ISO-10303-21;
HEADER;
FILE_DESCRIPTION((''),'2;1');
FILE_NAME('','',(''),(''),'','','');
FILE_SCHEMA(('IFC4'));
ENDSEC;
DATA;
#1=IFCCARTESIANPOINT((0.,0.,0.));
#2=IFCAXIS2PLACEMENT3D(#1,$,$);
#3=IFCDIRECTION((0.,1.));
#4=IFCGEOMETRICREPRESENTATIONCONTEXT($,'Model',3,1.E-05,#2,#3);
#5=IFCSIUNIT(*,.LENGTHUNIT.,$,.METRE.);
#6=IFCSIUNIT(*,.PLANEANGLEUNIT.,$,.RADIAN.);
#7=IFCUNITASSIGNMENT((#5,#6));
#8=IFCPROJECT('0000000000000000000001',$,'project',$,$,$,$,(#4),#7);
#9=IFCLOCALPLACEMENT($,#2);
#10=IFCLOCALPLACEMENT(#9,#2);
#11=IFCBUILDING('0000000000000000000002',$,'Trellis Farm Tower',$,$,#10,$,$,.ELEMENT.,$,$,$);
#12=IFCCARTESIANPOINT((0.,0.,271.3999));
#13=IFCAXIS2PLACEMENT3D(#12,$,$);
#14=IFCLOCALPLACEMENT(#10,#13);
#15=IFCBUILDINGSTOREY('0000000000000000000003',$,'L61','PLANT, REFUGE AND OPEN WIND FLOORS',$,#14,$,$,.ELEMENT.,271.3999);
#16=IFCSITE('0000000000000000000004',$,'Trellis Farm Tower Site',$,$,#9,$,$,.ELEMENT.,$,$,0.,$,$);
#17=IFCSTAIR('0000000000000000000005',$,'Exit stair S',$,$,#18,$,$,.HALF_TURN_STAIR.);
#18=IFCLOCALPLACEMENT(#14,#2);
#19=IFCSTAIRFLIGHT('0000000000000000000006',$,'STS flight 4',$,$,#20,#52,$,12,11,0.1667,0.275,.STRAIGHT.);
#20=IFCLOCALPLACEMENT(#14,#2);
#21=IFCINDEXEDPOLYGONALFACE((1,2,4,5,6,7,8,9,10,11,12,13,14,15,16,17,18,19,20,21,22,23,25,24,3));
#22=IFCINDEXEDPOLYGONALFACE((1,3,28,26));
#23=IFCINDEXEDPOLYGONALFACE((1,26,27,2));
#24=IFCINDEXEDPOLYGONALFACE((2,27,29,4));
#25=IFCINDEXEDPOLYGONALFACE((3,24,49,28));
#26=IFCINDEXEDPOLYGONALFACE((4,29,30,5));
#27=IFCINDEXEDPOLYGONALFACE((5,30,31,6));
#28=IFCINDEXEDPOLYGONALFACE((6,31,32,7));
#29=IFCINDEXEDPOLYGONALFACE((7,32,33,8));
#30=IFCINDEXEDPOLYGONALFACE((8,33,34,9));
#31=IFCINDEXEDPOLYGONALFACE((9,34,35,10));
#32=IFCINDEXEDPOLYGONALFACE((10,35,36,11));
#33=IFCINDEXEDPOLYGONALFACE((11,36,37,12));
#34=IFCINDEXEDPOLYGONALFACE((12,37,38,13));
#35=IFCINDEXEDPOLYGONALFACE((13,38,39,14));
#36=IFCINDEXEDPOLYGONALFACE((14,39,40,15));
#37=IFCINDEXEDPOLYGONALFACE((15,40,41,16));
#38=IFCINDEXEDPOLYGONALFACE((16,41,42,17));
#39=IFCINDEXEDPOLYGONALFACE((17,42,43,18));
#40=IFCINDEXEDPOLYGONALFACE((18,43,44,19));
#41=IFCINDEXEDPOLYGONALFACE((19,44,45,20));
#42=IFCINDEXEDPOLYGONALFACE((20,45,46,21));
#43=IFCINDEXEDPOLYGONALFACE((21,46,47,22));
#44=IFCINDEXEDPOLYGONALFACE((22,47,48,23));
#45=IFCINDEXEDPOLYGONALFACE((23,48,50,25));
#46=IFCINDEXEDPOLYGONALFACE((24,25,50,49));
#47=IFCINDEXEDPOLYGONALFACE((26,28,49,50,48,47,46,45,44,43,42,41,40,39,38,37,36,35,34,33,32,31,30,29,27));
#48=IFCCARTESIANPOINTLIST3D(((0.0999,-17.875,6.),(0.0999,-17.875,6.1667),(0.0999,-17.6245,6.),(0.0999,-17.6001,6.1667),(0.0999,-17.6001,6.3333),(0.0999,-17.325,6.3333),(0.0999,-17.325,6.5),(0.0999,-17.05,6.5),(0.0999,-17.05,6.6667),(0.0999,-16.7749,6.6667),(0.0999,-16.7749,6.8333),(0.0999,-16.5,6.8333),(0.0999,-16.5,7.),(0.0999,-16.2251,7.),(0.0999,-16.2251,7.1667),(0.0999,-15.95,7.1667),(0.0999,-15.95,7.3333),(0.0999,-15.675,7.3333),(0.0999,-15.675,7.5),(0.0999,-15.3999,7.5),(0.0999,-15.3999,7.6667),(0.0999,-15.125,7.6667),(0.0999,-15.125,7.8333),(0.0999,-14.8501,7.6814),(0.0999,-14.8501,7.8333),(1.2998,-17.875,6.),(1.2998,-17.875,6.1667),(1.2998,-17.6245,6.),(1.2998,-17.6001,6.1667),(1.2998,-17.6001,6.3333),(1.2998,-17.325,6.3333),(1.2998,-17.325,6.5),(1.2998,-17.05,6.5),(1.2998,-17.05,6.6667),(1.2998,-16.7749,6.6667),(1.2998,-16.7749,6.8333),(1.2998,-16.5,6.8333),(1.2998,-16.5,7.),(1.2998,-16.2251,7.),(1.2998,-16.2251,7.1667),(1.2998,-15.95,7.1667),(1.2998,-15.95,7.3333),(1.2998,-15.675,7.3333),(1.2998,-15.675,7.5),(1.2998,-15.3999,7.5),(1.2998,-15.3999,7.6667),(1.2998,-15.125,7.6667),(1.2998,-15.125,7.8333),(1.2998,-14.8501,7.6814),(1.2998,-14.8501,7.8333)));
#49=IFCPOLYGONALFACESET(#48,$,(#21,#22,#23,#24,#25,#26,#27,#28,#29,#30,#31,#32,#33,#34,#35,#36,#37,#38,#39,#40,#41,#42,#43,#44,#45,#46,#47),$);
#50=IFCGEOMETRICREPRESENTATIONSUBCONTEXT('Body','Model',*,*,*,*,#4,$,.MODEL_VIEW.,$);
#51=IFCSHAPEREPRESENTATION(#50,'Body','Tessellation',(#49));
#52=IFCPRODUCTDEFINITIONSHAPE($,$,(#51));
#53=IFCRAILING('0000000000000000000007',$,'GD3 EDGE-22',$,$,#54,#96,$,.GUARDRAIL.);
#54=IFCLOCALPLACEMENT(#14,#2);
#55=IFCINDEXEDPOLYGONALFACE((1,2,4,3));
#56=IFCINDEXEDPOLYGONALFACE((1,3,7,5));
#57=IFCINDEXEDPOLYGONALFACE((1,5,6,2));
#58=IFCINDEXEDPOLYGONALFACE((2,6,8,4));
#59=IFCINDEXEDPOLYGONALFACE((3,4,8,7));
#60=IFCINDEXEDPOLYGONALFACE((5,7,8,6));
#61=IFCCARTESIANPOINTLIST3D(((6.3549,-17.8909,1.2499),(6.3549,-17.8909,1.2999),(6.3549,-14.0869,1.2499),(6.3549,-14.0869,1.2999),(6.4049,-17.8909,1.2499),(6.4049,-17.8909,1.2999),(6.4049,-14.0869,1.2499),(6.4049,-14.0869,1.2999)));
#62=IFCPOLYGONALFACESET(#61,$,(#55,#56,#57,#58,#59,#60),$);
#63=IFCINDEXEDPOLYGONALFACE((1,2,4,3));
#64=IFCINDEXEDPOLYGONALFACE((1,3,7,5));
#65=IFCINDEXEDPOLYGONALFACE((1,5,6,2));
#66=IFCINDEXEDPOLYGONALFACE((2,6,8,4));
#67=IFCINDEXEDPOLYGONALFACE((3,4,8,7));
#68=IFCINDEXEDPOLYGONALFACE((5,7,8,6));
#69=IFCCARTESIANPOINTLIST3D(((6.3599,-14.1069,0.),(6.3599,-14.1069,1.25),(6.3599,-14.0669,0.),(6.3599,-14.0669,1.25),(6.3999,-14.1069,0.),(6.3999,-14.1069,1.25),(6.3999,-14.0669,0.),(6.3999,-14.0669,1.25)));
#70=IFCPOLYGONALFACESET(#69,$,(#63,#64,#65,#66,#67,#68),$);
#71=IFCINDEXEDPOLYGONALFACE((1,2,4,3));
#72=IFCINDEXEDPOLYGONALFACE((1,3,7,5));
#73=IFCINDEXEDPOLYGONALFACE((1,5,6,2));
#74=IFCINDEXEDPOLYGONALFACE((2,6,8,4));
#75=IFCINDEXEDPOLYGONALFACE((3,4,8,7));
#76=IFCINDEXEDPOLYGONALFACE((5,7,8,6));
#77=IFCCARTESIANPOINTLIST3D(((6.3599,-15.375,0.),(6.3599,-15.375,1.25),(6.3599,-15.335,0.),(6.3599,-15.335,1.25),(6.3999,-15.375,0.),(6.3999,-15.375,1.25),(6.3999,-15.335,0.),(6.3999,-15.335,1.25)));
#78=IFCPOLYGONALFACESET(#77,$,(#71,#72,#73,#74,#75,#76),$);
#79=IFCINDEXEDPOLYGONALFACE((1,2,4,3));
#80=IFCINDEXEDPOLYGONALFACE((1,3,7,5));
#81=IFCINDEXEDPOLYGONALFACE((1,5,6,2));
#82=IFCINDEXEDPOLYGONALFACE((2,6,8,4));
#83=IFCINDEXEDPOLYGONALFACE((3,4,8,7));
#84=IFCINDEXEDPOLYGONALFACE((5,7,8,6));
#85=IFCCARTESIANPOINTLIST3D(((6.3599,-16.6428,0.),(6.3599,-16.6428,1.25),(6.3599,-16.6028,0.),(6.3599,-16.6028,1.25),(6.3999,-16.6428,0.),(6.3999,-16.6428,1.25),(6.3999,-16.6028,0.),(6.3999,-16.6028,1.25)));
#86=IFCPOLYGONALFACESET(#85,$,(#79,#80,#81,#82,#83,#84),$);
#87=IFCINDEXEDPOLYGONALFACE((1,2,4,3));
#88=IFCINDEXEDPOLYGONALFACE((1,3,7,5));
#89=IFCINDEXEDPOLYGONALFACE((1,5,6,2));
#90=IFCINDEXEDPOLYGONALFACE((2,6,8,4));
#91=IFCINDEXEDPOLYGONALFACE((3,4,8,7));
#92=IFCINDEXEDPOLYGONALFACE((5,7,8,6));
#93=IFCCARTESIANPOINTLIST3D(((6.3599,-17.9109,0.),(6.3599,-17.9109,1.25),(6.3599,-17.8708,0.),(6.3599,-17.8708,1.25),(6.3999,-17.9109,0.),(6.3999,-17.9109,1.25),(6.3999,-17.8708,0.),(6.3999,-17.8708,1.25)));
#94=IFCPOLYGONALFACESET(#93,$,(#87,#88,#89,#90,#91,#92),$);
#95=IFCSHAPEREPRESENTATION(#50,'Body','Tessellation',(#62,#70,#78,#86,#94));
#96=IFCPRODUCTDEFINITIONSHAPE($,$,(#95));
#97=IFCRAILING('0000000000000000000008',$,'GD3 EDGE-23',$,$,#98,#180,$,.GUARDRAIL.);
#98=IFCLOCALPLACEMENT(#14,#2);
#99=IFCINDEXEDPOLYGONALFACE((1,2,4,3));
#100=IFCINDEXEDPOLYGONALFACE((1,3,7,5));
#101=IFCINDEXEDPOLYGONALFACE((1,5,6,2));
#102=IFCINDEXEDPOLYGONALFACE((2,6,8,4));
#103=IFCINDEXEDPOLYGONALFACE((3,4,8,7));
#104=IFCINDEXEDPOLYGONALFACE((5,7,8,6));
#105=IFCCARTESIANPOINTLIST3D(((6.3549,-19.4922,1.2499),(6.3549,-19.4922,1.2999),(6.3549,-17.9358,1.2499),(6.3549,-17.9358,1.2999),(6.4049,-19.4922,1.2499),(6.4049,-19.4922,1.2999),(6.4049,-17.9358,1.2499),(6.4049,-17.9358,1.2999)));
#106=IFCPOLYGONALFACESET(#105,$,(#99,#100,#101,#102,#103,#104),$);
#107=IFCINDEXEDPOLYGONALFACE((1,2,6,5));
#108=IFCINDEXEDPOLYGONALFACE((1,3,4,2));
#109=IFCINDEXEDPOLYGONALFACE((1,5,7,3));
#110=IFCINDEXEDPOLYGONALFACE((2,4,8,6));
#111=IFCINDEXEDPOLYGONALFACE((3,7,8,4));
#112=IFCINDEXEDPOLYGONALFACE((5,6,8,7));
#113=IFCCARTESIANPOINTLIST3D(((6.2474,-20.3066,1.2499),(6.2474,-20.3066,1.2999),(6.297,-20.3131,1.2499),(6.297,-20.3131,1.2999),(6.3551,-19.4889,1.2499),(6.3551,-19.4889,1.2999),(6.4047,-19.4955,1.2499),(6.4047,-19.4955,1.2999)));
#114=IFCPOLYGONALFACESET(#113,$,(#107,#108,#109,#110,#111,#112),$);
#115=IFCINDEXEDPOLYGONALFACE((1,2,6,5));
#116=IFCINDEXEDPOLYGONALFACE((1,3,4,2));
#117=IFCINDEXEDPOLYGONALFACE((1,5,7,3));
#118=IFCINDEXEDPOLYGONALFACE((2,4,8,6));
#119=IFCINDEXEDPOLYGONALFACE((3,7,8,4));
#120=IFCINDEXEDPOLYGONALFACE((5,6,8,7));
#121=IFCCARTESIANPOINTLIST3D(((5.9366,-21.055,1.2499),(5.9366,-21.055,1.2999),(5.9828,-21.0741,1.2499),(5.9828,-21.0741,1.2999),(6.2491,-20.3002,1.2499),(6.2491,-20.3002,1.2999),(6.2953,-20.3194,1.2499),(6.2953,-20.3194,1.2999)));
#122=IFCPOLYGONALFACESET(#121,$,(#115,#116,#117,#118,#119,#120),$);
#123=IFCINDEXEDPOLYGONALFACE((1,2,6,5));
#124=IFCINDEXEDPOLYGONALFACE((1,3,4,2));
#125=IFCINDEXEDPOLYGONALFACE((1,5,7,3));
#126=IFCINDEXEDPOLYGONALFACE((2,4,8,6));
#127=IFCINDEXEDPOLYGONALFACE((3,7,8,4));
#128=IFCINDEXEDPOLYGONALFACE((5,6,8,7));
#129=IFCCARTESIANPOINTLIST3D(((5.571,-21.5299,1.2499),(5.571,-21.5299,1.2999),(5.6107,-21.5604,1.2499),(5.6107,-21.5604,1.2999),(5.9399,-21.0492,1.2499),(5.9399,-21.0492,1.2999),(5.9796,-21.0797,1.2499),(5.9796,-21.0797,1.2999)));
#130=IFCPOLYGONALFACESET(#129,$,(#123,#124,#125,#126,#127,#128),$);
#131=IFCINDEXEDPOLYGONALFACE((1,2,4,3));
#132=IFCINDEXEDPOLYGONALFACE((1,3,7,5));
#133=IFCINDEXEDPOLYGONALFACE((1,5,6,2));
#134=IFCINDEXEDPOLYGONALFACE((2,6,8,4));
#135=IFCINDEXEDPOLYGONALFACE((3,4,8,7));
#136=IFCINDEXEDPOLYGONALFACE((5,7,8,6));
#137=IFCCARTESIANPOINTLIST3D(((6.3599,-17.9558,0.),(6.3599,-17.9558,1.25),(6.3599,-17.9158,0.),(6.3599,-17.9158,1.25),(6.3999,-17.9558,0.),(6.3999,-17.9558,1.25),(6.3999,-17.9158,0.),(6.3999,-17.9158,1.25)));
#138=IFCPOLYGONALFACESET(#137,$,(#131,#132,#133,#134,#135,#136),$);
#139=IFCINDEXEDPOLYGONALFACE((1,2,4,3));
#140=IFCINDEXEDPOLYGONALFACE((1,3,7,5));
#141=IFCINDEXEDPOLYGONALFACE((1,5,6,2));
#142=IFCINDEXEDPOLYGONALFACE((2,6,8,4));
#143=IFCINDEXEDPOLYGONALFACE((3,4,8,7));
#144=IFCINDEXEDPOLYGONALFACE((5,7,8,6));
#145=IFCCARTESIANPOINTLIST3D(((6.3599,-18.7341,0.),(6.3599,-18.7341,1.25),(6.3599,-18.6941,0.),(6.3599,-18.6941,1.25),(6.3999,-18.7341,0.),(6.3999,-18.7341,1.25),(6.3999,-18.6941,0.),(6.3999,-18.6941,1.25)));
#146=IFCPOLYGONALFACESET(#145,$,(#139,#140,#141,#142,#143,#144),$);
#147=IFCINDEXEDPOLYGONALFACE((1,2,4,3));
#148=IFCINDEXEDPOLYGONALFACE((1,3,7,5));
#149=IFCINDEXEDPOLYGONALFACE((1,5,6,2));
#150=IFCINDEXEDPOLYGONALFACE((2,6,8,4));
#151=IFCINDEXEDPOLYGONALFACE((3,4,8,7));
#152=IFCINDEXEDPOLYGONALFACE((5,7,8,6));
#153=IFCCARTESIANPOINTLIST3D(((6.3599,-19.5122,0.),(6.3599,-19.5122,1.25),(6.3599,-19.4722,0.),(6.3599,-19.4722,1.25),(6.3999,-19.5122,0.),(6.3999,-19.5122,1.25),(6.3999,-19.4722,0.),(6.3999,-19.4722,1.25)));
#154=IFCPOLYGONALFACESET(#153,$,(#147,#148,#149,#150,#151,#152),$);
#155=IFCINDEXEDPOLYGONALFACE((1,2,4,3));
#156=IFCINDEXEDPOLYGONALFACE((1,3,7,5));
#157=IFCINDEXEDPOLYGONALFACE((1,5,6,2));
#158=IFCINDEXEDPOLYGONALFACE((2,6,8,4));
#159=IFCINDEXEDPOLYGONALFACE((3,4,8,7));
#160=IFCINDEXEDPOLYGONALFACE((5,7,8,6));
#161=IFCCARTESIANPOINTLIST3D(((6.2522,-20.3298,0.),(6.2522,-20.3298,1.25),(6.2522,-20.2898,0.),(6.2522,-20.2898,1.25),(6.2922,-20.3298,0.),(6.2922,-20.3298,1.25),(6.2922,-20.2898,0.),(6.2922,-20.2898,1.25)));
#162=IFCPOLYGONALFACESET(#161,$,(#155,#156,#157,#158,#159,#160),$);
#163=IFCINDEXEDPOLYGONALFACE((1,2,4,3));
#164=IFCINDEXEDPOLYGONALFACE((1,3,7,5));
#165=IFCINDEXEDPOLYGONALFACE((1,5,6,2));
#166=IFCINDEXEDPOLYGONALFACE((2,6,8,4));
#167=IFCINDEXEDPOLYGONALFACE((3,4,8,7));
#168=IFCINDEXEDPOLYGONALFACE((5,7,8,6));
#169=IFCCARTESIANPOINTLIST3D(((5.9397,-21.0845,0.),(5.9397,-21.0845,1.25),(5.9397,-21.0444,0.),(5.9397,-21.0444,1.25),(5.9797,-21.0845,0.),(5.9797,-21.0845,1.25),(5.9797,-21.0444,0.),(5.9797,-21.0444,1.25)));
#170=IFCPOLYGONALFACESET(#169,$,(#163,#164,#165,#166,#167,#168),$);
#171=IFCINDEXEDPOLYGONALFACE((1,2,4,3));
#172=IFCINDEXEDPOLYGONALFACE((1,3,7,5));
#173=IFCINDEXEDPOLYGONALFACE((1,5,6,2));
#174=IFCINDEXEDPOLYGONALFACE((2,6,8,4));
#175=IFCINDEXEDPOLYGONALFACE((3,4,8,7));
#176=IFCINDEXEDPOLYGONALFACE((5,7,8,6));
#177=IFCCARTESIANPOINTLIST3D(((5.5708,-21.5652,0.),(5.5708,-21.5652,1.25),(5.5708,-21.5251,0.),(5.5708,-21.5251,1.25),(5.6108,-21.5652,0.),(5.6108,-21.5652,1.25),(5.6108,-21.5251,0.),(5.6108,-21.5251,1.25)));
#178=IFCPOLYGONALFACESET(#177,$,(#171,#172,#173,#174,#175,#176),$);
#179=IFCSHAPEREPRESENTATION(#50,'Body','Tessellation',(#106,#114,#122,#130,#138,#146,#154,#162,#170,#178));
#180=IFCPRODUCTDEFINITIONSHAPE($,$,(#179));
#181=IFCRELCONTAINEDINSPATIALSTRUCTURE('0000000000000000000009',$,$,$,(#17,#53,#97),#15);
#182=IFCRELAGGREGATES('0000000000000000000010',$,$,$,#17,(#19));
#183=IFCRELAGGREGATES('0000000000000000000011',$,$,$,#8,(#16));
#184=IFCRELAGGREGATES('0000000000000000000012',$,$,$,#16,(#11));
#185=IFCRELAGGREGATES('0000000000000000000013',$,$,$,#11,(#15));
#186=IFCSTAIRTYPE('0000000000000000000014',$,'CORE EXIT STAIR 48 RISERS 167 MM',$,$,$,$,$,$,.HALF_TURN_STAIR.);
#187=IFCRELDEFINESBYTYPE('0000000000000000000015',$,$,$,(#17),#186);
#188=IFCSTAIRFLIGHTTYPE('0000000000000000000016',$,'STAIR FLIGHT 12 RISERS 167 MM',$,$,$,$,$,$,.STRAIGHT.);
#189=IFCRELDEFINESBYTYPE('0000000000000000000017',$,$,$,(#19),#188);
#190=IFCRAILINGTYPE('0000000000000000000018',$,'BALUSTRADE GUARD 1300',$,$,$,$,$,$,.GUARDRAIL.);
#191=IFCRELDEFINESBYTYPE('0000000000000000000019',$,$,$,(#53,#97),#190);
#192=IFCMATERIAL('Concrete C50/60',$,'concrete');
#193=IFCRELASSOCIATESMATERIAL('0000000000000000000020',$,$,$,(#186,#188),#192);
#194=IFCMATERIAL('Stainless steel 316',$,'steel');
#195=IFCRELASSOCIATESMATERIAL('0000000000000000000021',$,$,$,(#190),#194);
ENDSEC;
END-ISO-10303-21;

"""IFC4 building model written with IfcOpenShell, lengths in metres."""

from ifc_helpers import new_model, si_unit, direction, frame, origin, origin_2d, place, context, subcontext, project, spatial, polyline, rectangle, outline, extrude, source, transform, mapped, material, type_object, element, aggregate, save


model = new_model("IFC4")

# Units and contexts
model_context = context("Model", 3, precision=1e-05, world=origin(), true_north=direction((0.0, 1.0)))
body_context = subcontext(model_context, "Body", "Model", "MODEL_VIEW")
ifc_project = project(units=[si_unit("LENGTHUNIT", "METRE"), si_unit("PLANEANGLEUNIT", "RADIAN")], contexts=[model_context])

# Site, building, storey
site_placement = place(None, origin())
site = spatial("IfcSite", under=ifc_project, at=site_placement, Name="Trellis Farm Tower Site", CompositionType="ELEMENT", RefElevation=0.0)
building_placement = place(site_placement, origin())
building = spatial("IfcBuilding", under=site, at=building_placement, Name="Trellis Farm Tower", CompositionType="ELEMENT")
storey_placement = place(building_placement, frame((0.0, 0.0, 271.3999)))
storey = spatial("IfcBuildingStorey", under=building, at=storey_placement, Name="L61", Description="PLANT, REFUGE AND OPEN WIND FLOORS", CompositionType="ELEMENT", Elevation=271.3999)

# Shared definitions
ifc_material_1 = material(Name="Concrete C50/60", Category="concrete")
stair_type = type_object("IfcStairType", Name="CORE EXIT STAIR 48 RISERS 167 MM", PredefinedType="HALF_TURN_STAIR", material=ifc_material_1)
placement_1 = place(storey_placement, origin())

# Stair
stair_1 = element("IfcStair", 1, at=placement_1, inside=storey, type_object=stair_type, Name="Exit stair S", PredefinedType="HALF_TURN_STAIR")

# Stair flight
stair_flight_type = type_object("IfcStairFlightType", Name="STAIR FLIGHT 12 RISERS 167 MM", PredefinedType="STRAIGHT", material=ifc_material_1)
shared_shape_1 = source(origin(), body_context, "Body", "SweptSolid", [
    extrude(outline(polyline([(0.0, 0.0), (0.0, 0.1667), (0.2749, 0.1667), (0.2749, 0.3333), (0.55, 0.3333), (0.55, 0.5), (0.825, 0.5), (0.825, 0.6667), (1.1001, 0.6667), (1.1001, 0.8333), (1.375, 0.8333), (1.375, 1.0), (1.6499, 1.0), (1.6499, 1.1667), (1.925, 1.1667), (1.925, 1.3333), (2.2, 1.3333), (2.2, 1.5), (2.4751, 1.5), (2.4751, 1.6667), (2.75, 1.6667), (2.75, 1.8333), (3.0249, 1.8333), (3.0249, 2.0), (3.0249, 1.6814), (0.2505, 0.0), (0.0, 0.0)])), frame((0.0, 0.6001, 0.0), z_axis=(0.0, -1.0, 0.0), x_axis=(1.0, 0.0, 0.0)), (0.0, 0.0, 1.0), 1.2),
])
stair_flight_1_placement = place(storey_placement, frame((0.7, -17.875, 6.0), z_axis=(0.0, 0.0, 1.0), x_axis=(0.0, 1.0, 0.0)))
stair_flight_1 = element("IfcStairFlight", 2, at=stair_flight_1_placement, type_object=stair_flight_type, Name="STS flight 4", NumberOfRisers=12, NumberOfTreads=11, PredefinedType="STRAIGHT", RiserHeight=0.1667, TreadLength=0.275, context=body_context, shape_type="MappedRepresentation", body=[
    mapped(shared_shape_1, transform((0.0, 0.0, 0.0))),
])
aggregate(stair_1, [stair_flight_1])

# Railings
ifc_material_2 = material(Name="Stainless steel 316", Category="steel")
railing_type_1 = type_object("IfcRailingType", Name="BALUSTRADE GUARD 1300", PredefinedType="GUARDRAIL", material=ifc_material_2)
railing_1_placement = place(storey_placement, frame((6.3799, -14.0869, 0.0)))
element("IfcRailing", 3, at=railing_1_placement, inside=storey, type_object=railing_type_1, Name="GD3 EDGE-22", PredefinedType="GUARDRAIL", context=body_context, shape_type="SweptSolid", body=[
    extrude(rectangle(XDim=0.05, YDim=0.05, at=origin_2d()), frame((0.0, 0.0, 1.2749), z_axis=(0.0, -1.0, 0.0), x_axis=(1.0, 0.0, 0.0)), (0.0, 0.0, 1.0), 3.804),
    extrude(rectangle(XDim=0.04, YDim=0.04, at=origin_2d()), origin(), (0.0, 0.0, 1.0), 1.25),
    extrude(rectangle(XDim=0.04, YDim=0.04, at=origin_2d()), frame((0.0, -1.2681, 0.0)), (0.0, 0.0, 1.0), 1.25),
    extrude(rectangle(XDim=0.04, YDim=0.04, at=origin_2d()), frame((0.0, -2.5359, 0.0)), (0.0, 0.0, 1.0), 1.25),
    extrude(rectangle(XDim=0.04, YDim=0.04, at=origin_2d()), frame((0.0, -3.804, 0.0)), (0.0, 0.0, 1.0), 1.25),
])
railing_2_placement = place(storey_placement, frame((6.3799, -17.9358, 0.0)))
element("IfcRailing", 4, at=railing_2_placement, inside=storey, type_object=railing_type_1, Name="GD3 EDGE-23", PredefinedType="GUARDRAIL", context=body_context, shape_type="SweptSolid", body=[
    extrude(rectangle(XDim=0.05, YDim=0.05, at=origin_2d()), frame((0.0, 0.0, 1.2749), z_axis=(0.0, -1.0, 0.0), x_axis=(1.0, 0.0, 0.0)), (0.0, 0.0, 1.0), 1.5564),
    extrude(rectangle(XDim=0.05, YDim=0.05, at=origin_2d()), frame((0.0, -1.5564, 1.2749), z_axis=(-0.130554, -0.991441, 0.0), x_axis=(0.991441, -0.130554, 0.0)), (0.0, 0.0, 1.0), 0.8247),
    extrude(rectangle(XDim=0.05, YDim=0.05, at=origin_2d()), frame((-0.1077, -2.374, 1.2749), z_axis=(-0.382598, -0.923915, 0.0), x_axis=(0.923915, -0.382598, 0.0)), (0.0, 0.0, 1.0), 0.8169),
    extrude(rectangle(XDim=0.05, YDim=0.05, at=origin_2d()), frame((-0.4202, -3.1287, 1.2749), z_axis=(-0.608795, -0.793327, 0.0), x_axis=(0.793327, -0.608795, 0.0)), (0.0, 0.0, 1.0), 0.606),
    extrude(rectangle(XDim=0.04, YDim=0.04, at=origin_2d()), origin(), (0.0, 0.0, 1.0), 1.25),
    extrude(rectangle(XDim=0.04, YDim=0.04, at=origin_2d()), frame((0.0, -0.7783, 0.0)), (0.0, 0.0, 1.0), 1.25),
    extrude(rectangle(XDim=0.04, YDim=0.04, at=origin_2d()), frame((0.0, -1.5564, 0.0)), (0.0, 0.0, 1.0), 1.25),
    extrude(rectangle(XDim=0.04, YDim=0.04, at=origin_2d()), frame((-0.1077, -2.374, 0.0)), (0.0, 0.0, 1.0), 1.25),
    extrude(rectangle(XDim=0.04, YDim=0.04, at=origin_2d()), frame((-0.4202, -3.1287, 0.0)), (0.0, 0.0, 1.0), 1.25),
    extrude(rectangle(XDim=0.04, YDim=0.04, at=origin_2d()), frame((-0.7891, -3.6094, 0.0)), (0.0, 0.0, 1.0), 1.25),
])

save(model, "model.ifc")
